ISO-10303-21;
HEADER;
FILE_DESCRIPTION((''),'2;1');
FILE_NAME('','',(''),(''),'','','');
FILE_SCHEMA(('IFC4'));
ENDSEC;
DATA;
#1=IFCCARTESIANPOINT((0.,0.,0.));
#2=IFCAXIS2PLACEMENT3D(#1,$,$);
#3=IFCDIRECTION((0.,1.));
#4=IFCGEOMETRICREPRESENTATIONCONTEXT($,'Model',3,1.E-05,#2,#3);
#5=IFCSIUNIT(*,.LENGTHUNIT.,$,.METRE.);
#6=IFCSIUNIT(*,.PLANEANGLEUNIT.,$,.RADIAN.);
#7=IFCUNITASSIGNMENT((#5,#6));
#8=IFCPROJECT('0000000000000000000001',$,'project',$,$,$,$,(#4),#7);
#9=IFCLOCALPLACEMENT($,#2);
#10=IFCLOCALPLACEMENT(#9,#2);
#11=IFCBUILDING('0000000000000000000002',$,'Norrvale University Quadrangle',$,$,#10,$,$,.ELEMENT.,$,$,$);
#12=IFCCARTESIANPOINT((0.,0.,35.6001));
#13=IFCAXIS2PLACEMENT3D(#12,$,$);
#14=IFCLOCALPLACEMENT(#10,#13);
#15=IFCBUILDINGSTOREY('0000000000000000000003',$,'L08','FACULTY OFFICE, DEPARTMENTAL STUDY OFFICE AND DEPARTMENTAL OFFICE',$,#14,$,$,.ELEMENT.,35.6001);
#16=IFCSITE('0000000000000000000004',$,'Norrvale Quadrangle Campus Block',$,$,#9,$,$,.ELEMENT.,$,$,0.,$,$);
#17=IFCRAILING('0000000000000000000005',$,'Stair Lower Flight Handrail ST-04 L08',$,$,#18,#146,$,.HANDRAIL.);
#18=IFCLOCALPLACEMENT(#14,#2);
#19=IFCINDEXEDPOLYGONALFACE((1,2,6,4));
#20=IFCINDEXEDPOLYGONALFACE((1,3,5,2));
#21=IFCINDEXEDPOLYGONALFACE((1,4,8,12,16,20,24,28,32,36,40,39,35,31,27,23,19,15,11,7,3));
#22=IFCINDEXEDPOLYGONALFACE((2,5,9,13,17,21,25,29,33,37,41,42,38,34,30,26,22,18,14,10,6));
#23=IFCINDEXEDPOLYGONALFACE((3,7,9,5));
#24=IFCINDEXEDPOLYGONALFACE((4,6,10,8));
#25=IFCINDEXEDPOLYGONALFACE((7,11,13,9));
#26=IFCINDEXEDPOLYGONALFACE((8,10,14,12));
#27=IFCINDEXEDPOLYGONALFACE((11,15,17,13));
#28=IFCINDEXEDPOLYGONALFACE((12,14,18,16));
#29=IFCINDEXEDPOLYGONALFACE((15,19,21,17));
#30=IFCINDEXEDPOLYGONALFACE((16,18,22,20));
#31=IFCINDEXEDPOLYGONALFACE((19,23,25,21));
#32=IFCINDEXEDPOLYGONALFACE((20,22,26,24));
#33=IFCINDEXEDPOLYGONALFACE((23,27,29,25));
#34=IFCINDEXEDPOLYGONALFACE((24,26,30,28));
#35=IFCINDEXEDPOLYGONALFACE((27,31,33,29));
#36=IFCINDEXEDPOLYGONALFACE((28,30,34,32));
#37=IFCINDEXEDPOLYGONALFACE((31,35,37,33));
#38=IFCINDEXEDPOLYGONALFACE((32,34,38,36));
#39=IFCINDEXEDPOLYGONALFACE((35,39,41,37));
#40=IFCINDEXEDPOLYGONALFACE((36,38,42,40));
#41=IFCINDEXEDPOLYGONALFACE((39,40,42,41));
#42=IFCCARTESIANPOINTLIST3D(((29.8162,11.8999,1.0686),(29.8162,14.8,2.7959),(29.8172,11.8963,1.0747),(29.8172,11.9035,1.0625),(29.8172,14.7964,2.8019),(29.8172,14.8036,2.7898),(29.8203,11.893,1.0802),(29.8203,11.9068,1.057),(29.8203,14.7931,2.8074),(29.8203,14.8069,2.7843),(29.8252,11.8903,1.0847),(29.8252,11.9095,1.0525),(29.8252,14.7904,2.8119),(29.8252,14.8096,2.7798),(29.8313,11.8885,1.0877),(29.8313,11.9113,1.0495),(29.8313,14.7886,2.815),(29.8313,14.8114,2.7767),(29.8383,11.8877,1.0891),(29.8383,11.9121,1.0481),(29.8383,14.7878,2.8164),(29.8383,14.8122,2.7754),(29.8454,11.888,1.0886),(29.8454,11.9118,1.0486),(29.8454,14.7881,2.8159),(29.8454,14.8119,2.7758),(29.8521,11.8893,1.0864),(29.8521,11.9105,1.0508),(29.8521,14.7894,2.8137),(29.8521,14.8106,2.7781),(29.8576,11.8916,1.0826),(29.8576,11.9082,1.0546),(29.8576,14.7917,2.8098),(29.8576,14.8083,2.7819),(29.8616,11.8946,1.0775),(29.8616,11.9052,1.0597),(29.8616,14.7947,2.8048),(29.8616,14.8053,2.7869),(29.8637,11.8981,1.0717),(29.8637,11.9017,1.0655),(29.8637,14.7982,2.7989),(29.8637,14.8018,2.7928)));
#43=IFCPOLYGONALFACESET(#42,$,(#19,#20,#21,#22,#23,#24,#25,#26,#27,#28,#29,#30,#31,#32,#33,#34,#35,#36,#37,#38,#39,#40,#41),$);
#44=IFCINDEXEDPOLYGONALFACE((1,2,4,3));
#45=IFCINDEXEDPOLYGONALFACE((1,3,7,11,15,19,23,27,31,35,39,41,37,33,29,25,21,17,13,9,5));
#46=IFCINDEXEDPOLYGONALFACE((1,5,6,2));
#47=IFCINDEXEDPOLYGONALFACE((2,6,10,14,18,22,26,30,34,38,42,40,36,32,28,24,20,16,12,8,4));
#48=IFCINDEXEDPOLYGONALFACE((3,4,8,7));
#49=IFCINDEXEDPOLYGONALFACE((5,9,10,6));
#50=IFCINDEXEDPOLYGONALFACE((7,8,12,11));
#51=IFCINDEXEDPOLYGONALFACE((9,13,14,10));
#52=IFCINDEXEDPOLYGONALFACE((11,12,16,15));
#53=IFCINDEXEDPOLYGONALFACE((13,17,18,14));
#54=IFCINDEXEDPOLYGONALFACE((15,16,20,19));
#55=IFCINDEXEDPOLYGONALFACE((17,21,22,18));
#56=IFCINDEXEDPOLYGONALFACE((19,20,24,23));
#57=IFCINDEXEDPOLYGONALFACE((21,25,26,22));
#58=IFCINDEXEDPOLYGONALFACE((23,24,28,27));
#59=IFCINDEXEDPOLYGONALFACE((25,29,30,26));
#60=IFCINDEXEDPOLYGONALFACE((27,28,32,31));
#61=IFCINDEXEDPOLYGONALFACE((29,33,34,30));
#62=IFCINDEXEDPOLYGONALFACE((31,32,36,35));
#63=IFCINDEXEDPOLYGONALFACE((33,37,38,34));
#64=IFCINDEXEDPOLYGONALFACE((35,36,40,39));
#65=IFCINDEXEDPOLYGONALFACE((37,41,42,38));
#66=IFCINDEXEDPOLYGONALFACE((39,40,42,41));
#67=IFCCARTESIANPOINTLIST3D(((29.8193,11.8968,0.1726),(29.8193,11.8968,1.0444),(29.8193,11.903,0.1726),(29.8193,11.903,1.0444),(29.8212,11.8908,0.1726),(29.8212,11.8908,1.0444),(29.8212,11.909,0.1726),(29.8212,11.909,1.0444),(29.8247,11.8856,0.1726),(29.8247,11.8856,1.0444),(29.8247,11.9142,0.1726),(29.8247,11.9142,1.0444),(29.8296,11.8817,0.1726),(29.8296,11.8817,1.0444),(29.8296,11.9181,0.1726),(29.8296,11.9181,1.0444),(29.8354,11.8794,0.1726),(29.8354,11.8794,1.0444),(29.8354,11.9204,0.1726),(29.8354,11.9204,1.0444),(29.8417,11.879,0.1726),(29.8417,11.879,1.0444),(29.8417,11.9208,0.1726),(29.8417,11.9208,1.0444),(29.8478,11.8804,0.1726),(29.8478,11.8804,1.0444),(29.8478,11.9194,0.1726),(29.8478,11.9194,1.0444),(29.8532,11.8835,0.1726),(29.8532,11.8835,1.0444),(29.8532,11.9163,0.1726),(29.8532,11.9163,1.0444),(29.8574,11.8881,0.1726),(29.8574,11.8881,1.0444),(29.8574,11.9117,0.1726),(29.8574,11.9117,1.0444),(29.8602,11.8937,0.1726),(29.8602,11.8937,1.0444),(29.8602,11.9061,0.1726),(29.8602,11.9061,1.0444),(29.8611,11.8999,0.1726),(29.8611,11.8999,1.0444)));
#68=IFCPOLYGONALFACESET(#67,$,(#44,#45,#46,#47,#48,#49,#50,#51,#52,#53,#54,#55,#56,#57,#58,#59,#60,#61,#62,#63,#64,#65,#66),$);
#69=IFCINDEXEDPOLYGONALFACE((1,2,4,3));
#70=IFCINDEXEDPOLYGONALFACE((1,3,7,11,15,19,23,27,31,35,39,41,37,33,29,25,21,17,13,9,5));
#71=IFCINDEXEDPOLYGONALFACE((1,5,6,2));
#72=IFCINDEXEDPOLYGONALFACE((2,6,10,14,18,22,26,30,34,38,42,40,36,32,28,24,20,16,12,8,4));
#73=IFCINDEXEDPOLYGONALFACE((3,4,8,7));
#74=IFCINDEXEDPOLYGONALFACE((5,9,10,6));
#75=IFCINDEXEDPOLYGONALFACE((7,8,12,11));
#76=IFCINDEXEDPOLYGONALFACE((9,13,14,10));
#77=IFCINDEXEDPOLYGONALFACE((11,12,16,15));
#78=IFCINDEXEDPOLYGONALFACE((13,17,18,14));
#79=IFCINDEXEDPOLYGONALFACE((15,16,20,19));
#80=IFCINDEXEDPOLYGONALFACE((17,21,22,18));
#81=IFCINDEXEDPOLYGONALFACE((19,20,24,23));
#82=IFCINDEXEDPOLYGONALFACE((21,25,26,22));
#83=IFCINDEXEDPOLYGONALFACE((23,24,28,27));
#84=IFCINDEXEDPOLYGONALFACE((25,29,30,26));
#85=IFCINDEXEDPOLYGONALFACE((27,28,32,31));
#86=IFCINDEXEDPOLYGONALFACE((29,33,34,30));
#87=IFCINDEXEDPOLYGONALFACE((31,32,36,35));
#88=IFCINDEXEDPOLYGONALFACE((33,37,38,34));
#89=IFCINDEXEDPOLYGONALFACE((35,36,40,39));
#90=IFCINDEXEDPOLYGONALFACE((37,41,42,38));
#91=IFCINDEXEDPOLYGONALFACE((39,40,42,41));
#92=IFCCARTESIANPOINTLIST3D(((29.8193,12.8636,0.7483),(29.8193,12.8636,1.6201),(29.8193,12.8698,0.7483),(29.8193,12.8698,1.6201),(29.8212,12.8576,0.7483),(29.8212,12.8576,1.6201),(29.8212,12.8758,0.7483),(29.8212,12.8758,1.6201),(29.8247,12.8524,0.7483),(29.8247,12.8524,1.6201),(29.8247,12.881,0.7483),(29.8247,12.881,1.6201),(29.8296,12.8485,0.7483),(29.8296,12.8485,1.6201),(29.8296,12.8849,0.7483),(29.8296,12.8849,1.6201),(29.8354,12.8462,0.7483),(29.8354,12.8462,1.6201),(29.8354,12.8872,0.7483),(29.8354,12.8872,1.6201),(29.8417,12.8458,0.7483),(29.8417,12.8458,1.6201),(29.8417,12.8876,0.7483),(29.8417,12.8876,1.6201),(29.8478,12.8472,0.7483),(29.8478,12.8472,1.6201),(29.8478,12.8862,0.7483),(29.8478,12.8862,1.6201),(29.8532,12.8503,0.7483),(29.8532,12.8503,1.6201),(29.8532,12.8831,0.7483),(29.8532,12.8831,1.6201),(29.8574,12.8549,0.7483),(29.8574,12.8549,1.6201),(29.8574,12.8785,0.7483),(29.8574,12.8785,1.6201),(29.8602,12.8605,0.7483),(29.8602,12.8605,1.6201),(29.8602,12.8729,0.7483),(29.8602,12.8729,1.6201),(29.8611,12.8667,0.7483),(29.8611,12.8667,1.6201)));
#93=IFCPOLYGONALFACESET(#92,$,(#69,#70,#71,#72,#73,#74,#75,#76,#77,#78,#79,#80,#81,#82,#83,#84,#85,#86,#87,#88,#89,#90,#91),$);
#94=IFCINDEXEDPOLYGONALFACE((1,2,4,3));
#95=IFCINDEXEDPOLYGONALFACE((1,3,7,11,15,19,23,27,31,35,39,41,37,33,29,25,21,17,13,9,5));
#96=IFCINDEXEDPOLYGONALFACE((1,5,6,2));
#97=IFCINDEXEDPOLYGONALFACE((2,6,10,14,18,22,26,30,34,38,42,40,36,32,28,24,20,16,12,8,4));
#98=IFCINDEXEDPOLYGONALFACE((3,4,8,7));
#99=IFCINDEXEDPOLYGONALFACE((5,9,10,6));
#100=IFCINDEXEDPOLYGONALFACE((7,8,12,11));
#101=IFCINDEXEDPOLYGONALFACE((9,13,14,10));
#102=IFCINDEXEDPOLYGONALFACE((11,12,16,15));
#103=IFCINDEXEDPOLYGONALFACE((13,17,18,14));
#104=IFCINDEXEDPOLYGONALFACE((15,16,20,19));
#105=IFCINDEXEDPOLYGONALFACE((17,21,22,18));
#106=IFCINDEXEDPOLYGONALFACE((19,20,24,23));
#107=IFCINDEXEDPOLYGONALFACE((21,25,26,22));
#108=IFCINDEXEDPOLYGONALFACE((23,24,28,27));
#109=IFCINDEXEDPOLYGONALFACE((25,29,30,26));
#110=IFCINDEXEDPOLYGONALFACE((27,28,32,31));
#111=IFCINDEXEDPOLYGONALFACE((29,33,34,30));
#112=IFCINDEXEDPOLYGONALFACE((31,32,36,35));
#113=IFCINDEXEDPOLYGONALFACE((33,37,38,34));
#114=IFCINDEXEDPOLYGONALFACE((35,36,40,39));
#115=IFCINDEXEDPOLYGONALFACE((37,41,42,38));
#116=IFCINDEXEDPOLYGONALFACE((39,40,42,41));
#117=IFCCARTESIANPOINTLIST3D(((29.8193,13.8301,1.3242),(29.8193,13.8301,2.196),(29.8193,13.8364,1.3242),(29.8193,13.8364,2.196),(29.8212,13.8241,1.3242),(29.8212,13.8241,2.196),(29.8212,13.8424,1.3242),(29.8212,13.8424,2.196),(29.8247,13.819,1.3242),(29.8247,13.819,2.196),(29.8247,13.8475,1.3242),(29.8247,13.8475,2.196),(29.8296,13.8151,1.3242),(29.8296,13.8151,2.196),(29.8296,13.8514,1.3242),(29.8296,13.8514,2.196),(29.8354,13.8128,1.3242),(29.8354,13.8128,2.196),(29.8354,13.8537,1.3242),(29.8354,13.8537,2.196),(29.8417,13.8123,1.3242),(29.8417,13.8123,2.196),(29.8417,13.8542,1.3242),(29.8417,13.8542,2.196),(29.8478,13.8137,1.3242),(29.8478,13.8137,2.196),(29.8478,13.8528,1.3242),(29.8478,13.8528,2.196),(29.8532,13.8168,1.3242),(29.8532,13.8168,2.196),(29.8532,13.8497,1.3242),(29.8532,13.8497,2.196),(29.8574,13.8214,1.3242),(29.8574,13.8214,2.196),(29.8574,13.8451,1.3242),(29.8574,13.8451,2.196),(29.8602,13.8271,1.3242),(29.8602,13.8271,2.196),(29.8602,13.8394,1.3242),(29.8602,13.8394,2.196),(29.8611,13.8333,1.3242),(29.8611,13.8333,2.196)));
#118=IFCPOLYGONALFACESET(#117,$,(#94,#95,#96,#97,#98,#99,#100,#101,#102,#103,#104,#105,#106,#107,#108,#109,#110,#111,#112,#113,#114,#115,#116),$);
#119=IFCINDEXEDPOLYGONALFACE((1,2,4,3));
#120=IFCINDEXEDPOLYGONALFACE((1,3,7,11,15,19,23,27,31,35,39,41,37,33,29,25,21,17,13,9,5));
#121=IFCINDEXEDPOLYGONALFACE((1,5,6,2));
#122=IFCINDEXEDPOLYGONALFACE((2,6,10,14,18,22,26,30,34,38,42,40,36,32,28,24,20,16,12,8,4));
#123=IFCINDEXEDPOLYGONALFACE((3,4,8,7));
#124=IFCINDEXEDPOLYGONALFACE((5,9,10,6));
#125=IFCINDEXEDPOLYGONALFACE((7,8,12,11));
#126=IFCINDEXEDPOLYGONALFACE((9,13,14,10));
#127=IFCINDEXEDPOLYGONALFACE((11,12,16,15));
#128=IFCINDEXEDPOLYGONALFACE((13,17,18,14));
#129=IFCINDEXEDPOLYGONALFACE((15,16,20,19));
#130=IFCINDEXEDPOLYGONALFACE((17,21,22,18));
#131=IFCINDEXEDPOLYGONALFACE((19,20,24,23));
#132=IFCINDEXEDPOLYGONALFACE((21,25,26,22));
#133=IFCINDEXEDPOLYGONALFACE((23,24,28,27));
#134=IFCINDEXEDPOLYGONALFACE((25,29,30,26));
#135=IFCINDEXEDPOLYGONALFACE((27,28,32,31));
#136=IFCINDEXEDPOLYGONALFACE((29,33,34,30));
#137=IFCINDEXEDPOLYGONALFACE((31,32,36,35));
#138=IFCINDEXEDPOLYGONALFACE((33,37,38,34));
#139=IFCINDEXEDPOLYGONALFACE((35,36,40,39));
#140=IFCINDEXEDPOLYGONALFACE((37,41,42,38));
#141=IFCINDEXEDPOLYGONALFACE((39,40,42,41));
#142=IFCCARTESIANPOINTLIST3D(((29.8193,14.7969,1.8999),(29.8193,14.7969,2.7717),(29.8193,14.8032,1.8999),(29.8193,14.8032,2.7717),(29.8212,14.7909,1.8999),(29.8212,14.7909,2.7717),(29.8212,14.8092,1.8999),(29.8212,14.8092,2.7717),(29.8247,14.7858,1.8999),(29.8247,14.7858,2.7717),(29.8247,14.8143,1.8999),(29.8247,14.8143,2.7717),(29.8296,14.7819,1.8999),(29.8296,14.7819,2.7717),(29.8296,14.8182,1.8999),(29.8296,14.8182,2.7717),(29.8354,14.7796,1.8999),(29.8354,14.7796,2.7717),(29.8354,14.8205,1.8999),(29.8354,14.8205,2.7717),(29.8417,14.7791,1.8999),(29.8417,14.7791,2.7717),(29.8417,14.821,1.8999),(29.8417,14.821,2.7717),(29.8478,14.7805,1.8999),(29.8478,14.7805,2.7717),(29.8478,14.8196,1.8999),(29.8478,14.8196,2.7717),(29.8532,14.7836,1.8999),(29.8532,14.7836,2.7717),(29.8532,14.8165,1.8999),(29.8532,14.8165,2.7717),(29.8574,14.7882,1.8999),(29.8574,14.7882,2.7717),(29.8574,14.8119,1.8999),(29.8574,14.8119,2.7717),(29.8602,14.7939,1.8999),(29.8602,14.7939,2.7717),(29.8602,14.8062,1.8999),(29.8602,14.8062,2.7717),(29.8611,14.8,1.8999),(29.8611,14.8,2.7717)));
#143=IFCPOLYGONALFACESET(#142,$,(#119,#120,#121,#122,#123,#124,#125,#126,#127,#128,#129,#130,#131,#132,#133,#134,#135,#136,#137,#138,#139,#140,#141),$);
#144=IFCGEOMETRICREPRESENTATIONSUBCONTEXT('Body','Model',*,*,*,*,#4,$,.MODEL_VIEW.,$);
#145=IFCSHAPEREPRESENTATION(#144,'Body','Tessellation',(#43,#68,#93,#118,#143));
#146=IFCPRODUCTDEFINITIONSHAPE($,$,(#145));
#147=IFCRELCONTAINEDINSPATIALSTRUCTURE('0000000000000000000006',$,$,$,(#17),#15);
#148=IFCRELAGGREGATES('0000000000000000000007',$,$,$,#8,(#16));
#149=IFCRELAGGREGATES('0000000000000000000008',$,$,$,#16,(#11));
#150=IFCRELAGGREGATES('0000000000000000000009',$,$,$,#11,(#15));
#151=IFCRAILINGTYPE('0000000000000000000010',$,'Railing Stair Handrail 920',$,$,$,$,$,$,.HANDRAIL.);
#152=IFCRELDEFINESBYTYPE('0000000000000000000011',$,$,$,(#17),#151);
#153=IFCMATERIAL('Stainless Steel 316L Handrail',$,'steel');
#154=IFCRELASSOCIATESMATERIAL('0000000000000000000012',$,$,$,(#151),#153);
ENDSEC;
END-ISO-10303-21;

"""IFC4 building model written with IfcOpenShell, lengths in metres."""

from ifc_helpers import new_model, si_unit, direction, frame, origin, origin_2d, place, context, subcontext, project, spatial, circle, extrude, material, type_object, element, save


model = new_model("IFC4")

# Units and contexts
model_context = context("Model", 3, precision=1e-05, world=origin(), true_north=direction((0.0, 1.0)))
body_context = subcontext(model_context, "Body", "Model", "MODEL_VIEW")
ifc_project = project(units=[si_unit("LENGTHUNIT", "METRE"), si_unit("PLANEANGLEUNIT", "RADIAN")], contexts=[model_context])

# Site, building, storey
site_placement = place(None, origin())
site = spatial("IfcSite", under=ifc_project, at=site_placement, Name="Norrvale Quadrangle Campus Block", CompositionType="ELEMENT", RefElevation=0.0)
building_placement = place(site_placement, origin())
building = spatial("IfcBuilding", under=site, at=building_placement, Name="Norrvale University Quadrangle", CompositionType="ELEMENT")
storey_placement = place(building_placement, frame((0.0, 0.0, 35.6001)))
storey = spatial("IfcBuildingStorey", under=building, at=storey_placement, Name="L08", Description="FACULTY OFFICE, DEPARTMENTAL STUDY OFFICE AND DEPARTMENTAL OFFICE", CompositionType="ELEMENT", Elevation=35.6001)

# Railing
ifc_material_1 = material(Name="Stainless Steel 316L Handrail", Category="steel")
railing_type_1 = type_object("IfcRailingType", Name="Railing Stair Handrail 920", PredefinedType="HANDRAIL", material=ifc_material_1)
railing_1_placement = place(storey_placement, frame((29.8401, 11.8999, 0.1726)))
element("IfcRailing", 1, at=railing_1_placement, inside=storey, type_object=railing_type_1, Name="Stair Lower Flight Handrail ST-04 L08", PredefinedType="HANDRAIL", context=body_context, shape_type="SweptSolid", body=[
    extrude(circle(Radius=0.0239, at=origin_2d()), frame((0.0, 0.0, 0.896), z_axis=(0.0, 0.85916, 0.511706), x_axis=(-1.0, 0.0, 0.0)), (0.0, 0.0, 1.0), 3.3755),
    extrude(circle(Radius=0.021, at=origin_2d()), origin(), (0.0, 0.0, 1.0), 0.8718),
    extrude(circle(Radius=0.021, at=origin_2d()), frame((0.0, 0.9668, 0.5757)), (0.0, 0.0, 1.0), 0.8718),
    extrude(circle(Radius=0.021, at=origin_2d()), frame((0.0, 1.9333, 1.1516)), (0.0, 0.0, 1.0), 0.8718),
    extrude(circle(Radius=0.021, at=origin_2d()), frame((0.0, 2.9001, 1.7273)), (0.0, 0.0, 1.0), 0.8718),
])

save(model, "model.ifc")
